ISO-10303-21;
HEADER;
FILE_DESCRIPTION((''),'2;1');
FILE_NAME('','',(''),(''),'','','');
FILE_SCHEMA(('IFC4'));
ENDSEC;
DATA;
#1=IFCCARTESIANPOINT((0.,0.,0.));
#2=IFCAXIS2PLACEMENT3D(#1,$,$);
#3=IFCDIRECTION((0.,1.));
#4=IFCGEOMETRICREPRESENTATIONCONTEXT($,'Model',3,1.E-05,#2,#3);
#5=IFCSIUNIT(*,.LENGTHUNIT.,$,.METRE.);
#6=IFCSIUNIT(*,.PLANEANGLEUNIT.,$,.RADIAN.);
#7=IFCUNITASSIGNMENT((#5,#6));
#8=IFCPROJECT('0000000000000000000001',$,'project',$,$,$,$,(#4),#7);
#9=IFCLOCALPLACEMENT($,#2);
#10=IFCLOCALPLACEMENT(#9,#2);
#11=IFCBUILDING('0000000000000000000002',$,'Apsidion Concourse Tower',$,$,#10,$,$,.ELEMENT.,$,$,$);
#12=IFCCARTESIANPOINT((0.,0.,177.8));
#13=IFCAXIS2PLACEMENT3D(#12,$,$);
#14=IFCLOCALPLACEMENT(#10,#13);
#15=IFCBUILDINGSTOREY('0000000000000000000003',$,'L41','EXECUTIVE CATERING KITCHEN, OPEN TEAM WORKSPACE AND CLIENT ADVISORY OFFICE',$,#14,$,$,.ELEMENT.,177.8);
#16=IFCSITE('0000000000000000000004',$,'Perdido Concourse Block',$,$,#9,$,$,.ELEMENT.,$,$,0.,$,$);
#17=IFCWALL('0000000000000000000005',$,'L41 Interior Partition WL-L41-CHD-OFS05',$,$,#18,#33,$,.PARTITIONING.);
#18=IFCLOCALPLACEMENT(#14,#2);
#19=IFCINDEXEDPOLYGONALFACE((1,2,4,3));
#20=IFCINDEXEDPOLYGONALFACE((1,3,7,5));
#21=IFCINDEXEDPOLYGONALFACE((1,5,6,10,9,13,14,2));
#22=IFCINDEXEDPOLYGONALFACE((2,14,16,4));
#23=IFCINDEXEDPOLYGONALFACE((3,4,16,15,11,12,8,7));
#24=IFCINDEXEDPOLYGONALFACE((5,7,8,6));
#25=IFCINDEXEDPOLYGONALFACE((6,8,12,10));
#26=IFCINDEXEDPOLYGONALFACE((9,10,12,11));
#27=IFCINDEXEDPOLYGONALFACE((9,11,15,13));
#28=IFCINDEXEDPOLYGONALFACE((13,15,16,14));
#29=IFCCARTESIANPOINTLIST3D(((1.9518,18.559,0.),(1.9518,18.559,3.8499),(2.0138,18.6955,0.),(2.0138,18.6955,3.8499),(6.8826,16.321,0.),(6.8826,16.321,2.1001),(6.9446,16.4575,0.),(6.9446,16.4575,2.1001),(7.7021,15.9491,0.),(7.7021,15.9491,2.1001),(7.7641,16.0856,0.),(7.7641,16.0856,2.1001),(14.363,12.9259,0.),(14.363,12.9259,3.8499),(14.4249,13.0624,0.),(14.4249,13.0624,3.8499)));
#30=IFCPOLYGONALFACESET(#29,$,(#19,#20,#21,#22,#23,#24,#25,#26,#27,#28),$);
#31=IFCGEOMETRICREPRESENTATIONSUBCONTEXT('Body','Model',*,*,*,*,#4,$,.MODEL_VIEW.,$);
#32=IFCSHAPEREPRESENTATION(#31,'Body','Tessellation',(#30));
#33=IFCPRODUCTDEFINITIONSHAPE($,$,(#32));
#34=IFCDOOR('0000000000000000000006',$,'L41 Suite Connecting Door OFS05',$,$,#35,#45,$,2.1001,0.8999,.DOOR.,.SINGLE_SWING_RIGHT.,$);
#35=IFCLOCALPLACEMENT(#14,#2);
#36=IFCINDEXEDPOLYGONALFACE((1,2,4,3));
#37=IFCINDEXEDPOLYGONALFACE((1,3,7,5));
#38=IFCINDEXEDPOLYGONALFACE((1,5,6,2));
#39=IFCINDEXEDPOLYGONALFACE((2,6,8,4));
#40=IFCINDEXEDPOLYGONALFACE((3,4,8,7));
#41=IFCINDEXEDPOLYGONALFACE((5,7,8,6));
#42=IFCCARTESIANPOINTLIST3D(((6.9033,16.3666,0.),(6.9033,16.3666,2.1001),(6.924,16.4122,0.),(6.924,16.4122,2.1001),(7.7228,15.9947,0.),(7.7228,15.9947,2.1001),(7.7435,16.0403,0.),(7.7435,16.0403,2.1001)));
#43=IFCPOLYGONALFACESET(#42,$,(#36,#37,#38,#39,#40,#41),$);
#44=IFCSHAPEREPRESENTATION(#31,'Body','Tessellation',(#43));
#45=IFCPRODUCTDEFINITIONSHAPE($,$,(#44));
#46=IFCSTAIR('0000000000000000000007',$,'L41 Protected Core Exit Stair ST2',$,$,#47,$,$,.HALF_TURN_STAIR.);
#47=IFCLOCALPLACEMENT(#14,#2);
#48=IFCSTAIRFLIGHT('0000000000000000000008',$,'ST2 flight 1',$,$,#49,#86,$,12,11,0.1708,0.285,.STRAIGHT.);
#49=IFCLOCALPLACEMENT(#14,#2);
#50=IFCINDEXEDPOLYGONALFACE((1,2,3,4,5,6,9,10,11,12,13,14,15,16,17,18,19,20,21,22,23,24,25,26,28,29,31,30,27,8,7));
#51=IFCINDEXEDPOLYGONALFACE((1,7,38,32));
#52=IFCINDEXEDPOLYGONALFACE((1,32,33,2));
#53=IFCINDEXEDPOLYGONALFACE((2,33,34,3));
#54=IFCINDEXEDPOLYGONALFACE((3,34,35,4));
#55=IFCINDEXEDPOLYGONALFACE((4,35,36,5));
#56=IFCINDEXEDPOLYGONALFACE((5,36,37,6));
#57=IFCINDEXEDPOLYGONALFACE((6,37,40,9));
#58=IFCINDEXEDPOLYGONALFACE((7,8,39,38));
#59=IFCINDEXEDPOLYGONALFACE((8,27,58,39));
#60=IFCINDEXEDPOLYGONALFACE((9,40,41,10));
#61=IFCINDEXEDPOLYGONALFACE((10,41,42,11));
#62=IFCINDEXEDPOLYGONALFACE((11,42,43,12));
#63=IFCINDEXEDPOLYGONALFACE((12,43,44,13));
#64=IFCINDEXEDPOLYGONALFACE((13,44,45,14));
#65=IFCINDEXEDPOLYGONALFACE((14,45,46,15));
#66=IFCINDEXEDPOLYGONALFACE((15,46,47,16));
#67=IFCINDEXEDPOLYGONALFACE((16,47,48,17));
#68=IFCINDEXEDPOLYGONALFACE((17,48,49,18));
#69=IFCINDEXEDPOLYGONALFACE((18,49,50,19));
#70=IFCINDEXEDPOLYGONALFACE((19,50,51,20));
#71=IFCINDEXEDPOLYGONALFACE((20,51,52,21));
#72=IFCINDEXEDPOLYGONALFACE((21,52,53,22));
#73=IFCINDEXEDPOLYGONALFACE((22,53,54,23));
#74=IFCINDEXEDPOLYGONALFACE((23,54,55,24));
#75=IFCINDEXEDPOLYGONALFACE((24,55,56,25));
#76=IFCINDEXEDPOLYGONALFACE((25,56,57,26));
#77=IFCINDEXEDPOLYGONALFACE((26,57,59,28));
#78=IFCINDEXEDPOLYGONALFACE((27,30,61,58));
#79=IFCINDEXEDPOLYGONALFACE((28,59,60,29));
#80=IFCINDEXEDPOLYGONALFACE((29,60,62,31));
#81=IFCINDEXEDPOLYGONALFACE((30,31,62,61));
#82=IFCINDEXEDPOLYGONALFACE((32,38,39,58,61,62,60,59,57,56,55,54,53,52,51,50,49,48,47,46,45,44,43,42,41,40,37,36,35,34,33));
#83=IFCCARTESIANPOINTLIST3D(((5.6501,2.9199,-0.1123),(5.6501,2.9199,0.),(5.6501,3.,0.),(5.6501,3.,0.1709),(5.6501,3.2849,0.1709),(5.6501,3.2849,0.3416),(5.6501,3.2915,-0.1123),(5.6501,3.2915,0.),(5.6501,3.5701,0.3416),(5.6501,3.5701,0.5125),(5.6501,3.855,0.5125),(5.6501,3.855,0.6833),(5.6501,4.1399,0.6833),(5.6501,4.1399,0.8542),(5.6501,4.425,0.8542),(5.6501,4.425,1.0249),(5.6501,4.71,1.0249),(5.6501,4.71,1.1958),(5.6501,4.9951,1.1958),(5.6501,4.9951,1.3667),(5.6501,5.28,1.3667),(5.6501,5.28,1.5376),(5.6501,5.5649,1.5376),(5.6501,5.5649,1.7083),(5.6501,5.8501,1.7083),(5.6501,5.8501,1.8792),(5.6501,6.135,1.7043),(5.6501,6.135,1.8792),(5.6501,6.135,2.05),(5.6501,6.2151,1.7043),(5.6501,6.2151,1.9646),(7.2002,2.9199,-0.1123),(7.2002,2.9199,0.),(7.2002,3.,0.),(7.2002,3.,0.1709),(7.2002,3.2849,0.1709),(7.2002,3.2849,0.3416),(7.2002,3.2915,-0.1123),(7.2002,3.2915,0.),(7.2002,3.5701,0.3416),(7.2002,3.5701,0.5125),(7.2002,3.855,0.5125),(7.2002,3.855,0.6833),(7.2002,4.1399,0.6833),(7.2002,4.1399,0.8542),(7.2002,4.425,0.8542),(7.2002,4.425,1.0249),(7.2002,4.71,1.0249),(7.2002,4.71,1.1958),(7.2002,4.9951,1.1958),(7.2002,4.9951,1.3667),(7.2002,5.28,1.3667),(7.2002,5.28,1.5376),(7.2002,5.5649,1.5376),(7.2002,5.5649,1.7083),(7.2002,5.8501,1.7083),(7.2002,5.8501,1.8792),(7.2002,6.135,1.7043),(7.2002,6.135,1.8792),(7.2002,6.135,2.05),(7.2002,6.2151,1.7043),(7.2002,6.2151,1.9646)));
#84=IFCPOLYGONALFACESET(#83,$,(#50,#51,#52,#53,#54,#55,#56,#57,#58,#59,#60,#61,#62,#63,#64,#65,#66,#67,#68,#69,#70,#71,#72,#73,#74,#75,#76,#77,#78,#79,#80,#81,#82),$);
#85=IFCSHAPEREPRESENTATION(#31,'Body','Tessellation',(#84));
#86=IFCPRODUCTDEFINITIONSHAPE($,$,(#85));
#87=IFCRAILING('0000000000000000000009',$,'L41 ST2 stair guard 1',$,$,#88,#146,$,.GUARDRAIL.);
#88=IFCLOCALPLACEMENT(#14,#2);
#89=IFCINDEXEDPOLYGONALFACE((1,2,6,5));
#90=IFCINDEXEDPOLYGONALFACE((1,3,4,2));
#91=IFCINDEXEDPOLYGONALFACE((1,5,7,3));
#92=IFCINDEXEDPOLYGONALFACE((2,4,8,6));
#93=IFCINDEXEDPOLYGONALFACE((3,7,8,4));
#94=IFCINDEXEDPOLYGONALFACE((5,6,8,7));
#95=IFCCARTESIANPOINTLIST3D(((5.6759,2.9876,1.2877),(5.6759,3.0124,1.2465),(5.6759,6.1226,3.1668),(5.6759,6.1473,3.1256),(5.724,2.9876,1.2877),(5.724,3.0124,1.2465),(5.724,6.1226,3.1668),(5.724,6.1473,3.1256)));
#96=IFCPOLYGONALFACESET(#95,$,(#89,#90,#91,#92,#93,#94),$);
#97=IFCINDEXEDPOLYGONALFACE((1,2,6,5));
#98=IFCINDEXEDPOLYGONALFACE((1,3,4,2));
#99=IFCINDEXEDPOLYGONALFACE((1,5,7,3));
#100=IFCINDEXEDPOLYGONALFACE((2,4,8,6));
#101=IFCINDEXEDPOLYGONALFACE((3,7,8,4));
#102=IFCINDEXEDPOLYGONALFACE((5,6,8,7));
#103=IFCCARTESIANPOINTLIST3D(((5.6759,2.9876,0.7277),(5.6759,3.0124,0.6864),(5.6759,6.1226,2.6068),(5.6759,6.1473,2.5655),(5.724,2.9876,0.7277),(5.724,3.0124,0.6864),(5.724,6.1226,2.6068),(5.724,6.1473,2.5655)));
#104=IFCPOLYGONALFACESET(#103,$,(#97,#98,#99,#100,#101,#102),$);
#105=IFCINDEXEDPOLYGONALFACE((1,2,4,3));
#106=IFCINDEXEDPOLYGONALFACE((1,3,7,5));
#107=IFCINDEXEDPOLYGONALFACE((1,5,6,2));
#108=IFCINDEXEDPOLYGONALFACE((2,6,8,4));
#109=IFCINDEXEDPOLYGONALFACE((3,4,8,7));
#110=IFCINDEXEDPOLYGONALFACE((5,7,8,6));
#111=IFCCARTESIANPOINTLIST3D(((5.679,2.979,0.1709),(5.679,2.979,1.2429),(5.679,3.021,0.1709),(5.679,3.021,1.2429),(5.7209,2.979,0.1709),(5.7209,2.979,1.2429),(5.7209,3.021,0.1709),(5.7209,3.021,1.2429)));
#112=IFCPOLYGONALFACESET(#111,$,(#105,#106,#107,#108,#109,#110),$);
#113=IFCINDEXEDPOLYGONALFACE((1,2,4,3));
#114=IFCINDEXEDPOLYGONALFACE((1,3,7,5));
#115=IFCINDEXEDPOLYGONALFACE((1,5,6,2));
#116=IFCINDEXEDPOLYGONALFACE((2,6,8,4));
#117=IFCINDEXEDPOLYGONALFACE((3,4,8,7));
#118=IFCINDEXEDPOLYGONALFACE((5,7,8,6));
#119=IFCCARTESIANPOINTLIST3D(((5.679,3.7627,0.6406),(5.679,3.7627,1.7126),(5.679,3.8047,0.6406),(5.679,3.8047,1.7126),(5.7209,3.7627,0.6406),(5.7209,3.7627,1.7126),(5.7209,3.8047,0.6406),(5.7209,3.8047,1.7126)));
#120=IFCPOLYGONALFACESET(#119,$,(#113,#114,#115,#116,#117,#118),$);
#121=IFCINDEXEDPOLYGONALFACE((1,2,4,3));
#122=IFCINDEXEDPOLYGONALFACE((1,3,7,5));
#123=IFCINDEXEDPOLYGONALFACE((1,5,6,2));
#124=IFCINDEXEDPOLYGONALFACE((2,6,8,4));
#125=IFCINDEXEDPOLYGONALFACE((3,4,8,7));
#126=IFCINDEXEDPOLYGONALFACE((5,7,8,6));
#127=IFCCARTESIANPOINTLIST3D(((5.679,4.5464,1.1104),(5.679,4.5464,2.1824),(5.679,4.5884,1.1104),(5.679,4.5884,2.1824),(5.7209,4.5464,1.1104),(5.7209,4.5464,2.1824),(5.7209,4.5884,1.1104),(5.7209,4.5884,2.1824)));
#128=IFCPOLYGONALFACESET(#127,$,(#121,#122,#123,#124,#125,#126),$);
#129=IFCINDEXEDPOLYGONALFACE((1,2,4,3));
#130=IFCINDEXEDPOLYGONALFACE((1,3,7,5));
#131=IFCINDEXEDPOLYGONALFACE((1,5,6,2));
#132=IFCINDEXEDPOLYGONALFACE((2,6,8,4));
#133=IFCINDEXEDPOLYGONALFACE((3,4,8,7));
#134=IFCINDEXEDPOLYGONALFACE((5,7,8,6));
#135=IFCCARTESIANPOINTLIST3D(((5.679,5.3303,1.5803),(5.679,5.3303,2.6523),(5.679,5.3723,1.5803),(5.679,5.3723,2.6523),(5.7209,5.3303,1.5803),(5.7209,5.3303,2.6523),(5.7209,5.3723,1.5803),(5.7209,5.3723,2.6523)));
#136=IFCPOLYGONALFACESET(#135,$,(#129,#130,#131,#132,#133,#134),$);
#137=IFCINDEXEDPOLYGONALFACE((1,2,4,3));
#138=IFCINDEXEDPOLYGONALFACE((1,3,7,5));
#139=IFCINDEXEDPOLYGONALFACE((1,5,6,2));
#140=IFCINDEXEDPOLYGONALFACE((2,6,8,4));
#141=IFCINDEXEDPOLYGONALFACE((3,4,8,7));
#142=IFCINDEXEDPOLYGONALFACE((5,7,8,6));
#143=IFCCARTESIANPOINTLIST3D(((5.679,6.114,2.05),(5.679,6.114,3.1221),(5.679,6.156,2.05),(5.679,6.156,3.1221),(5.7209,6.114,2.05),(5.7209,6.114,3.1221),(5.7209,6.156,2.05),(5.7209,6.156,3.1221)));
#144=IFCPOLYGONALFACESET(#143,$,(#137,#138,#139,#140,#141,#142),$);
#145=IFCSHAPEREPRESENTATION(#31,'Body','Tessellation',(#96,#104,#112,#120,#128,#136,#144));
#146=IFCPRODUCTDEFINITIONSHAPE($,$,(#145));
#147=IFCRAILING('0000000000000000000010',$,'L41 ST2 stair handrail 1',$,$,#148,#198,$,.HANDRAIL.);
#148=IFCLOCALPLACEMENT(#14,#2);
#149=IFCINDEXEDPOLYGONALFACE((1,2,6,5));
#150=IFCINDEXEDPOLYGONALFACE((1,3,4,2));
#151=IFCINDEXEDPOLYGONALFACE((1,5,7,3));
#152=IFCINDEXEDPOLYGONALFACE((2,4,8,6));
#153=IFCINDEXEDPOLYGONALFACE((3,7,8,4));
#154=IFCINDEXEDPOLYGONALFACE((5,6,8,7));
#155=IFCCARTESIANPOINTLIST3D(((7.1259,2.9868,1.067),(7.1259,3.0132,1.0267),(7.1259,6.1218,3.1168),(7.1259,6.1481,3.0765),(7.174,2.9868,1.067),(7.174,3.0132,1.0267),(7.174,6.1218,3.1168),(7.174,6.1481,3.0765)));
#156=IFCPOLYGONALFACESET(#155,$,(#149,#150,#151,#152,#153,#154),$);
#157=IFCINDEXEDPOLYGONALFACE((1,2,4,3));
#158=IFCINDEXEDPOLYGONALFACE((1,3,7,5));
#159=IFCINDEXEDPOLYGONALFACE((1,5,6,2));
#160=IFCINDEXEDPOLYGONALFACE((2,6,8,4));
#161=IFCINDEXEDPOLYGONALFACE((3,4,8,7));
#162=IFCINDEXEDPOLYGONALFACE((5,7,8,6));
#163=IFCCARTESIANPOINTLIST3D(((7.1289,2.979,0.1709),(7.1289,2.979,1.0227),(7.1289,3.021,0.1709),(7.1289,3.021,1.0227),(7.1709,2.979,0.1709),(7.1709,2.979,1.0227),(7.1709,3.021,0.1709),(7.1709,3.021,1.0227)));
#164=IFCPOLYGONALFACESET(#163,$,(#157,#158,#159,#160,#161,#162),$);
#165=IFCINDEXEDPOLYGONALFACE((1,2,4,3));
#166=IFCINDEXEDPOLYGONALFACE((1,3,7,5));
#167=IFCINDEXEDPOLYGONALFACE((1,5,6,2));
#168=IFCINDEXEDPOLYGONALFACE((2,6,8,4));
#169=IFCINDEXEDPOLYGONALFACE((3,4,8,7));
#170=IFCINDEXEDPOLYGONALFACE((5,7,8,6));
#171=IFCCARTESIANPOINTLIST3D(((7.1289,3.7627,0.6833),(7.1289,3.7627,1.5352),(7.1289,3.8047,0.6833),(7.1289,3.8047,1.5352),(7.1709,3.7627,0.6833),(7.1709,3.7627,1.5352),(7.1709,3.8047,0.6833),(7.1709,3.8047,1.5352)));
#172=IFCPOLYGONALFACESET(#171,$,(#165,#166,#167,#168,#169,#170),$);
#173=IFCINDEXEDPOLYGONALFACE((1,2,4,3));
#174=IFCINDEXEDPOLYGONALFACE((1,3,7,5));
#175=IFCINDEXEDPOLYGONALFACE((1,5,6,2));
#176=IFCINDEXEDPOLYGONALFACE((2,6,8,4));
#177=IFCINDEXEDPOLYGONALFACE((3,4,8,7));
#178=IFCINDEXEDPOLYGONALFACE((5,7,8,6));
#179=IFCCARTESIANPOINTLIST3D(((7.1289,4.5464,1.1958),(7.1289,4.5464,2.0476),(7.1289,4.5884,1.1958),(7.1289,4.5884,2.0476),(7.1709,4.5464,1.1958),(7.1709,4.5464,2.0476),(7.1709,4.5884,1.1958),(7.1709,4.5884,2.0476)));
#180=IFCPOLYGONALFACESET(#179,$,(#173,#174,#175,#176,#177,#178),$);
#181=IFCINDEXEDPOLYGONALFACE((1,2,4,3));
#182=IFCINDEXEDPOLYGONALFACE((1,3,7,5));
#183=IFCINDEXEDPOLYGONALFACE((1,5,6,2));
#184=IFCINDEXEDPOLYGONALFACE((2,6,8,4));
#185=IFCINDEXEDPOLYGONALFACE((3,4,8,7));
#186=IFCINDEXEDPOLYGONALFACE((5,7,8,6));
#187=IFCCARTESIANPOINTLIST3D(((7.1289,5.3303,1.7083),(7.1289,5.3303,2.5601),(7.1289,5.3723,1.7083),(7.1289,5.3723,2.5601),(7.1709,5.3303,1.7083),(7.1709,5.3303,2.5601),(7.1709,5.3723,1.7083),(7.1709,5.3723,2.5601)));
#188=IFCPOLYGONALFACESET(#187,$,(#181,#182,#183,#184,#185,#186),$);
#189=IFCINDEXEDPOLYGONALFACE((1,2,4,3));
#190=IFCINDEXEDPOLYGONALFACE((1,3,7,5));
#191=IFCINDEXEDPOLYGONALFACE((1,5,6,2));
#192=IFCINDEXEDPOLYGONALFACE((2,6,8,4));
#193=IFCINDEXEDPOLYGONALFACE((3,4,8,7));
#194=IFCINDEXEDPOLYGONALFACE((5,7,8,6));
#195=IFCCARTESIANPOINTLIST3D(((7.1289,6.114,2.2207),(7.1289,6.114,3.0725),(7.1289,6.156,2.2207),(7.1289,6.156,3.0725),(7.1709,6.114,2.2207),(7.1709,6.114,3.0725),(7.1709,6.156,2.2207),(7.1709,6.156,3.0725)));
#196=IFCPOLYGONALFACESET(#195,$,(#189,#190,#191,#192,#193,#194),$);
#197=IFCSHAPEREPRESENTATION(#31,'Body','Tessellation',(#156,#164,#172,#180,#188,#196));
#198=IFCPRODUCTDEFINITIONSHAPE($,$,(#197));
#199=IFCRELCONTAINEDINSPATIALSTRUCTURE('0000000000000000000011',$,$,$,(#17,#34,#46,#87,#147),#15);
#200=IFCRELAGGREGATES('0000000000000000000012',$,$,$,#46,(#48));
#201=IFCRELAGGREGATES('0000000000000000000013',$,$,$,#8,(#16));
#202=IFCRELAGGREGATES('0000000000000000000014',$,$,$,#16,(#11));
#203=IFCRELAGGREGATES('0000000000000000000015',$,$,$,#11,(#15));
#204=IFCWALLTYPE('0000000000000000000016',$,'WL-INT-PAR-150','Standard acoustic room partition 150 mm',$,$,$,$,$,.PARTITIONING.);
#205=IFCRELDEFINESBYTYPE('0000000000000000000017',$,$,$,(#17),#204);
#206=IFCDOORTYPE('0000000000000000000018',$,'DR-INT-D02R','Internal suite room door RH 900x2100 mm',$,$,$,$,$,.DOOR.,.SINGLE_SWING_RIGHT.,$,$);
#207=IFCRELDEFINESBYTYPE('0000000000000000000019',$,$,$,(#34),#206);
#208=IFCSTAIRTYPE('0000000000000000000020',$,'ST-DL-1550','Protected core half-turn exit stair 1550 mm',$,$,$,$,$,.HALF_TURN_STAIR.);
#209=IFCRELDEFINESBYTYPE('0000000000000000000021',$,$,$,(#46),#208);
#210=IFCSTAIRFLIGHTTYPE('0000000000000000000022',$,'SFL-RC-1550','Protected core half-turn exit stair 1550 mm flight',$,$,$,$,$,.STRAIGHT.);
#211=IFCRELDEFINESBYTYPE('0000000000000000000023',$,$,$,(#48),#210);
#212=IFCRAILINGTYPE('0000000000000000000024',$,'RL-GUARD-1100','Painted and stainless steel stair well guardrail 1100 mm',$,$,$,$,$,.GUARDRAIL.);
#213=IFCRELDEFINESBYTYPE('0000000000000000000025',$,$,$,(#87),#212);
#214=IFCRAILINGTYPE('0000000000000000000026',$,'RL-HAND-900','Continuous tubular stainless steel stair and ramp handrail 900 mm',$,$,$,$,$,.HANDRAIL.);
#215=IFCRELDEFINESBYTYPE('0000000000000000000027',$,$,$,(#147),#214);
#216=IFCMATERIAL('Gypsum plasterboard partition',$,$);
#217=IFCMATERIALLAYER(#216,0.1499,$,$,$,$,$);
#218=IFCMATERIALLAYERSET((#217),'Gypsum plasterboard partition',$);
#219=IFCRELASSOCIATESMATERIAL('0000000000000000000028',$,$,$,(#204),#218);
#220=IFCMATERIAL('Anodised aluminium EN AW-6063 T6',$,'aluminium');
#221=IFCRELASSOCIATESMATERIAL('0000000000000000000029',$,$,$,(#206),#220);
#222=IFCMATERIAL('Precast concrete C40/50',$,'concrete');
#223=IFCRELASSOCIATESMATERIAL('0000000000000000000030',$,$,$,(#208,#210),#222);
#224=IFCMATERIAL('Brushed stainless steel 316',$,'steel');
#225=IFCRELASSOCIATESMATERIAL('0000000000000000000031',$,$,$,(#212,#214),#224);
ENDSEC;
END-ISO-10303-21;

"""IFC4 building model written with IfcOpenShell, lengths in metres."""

from ifc_helpers import new_model, si_unit, direction, frame, frame_2d, origin, origin_2d, place, context, subcontext, project, spatial, polyline, rectangle, outline, extrude, material, layer, layer_set, type_object, element, fill, aggregate, save


model = new_model("IFC4")

# Units and contexts
model_context = context("Model", 3, precision=1e-05, world=origin(), true_north=direction((0.0, 1.0)))
body_context = subcontext(model_context, "Body", "Model", "MODEL_VIEW")
ifc_project = project(units=[si_unit("LENGTHUNIT", "METRE"), si_unit("PLANEANGLEUNIT", "RADIAN")], contexts=[model_context])

# Site, building, storey
site_placement = place(None, origin())
site = spatial("IfcSite", under=ifc_project, at=site_placement, Name="Perdido Concourse Block", CompositionType="ELEMENT", RefElevation=0.0)
building_placement = place(site_placement, origin())
building = spatial("IfcBuilding", under=site, at=building_placement, Name="Apsidion Concourse Tower", CompositionType="ELEMENT")
storey_placement = place(building_placement, frame((0.0, 0.0, 177.8)))
storey = spatial("IfcBuildingStorey", under=building, at=storey_placement, Name="L41", Description="EXECUTIVE CATERING KITCHEN, OPEN TEAM WORKSPACE AND CLIENT ADVISORY OFFICE", CompositionType="ELEMENT", Elevation=177.8)

# Shared definitions
ifc_material_1 = material(Name="Precast concrete C40/50", Category="concrete")
ifc_material_2 = material(Name="Gypsum plasterboard partition")
ifc_layer_1 = layer(ifc_material_2, 0.1499)
ifc_layer_set_1 = layer_set([ifc_layer_1], Name="Gypsum plasterboard partition")
wall_type_1 = type_object("IfcWallType", Name="WL-INT-PAR-150", Description="Standard acoustic room partition 150 mm", PredefinedType="PARTITIONING", material=ifc_layer_set_1)

# Wall, opening, door
wall_1_placement = place(storey_placement, frame((14.394, 12.9941, 0.0), z_axis=(0.0, 0.0, 1.0), x_axis=(-0.910598, 0.413294, 0.0)))
wall_1 = element("IfcWall", 1, at=wall_1_placement, inside=storey, type_object=wall_type_1, Name="L41 Interior Partition WL-L41-CHD-OFS05", PredefinedType="PARTITIONING", context=body_context, shape_type="SweptSolid", body=[
    extrude(rectangle(XDim=13.6296, YDim=0.1499, at=frame_2d((6.8149, 0.0))), origin(), (0.0, 0.0, 1.0), 3.8499),
])
opening_placement = place(wall_1_placement, frame((7.3149, 0.0, 0.0)))
opening = element("IfcOpeningElement", 2, at=opening_placement, cuts=wall_1, PredefinedType="OPENING", context=body_context, shape_type="SweptSolid", body=[
    extrude(rectangle(XDim=0.8999, YDim=2.1001, at=frame_2d((0.45, 1.05))), frame((0.0, 0.085, 0.0), z_axis=(0.0, -1.0, 0.0), x_axis=(1.0, 0.0, 0.0)), (0.0, 0.0, 1.0), 0.1699),
])
ifc_material_3 = material(Name="Anodised aluminium EN AW-6063 T6", Category="aluminium")
door_type = type_object("IfcDoorType", Name="DR-INT-D02R", Description="Internal suite room door RH 900x2100 mm", OperationType="SINGLE_SWING_RIGHT", PredefinedType="DOOR", material=ifc_material_3)
door_placement = place(opening_placement, origin())
door = element("IfcDoor", 3, at=door_placement, inside=storey, type_object=door_type, Name="L41 Suite Connecting Door OFS05", OperationType="SINGLE_SWING_RIGHT", OverallHeight=2.1001, OverallWidth=0.8999, PredefinedType="DOOR", context=body_context, shape_type="SweptSolid", body=[
    extrude(rectangle(XDim=0.8999, YDim=2.1001, at=frame_2d((0.45, 1.05))), frame((0.0, 0.0249, 0.0), z_axis=(0.0, -1.0, 0.0), x_axis=(1.0, 0.0, 0.0)), (0.0, 0.0, 1.0), 0.05),
])
fill(opening, door)

# Stair, stair flight
stair_type = type_object("IfcStairType", Name="ST-DL-1550", Description="Protected core half-turn exit stair 1550 mm", PredefinedType="HALF_TURN_STAIR", material=ifc_material_1)
stair_placement = place(storey_placement, origin())
stair = element("IfcStair", 4, at=stair_placement, inside=storey, type_object=stair_type, Name="L41 Protected Core Exit Stair ST2", PredefinedType="HALF_TURN_STAIR")
stair_flight_type = type_object("IfcStairFlightType", Name="SFL-RC-1550", Description="Protected core half-turn exit stair 1550 mm flight", PredefinedType="STRAIGHT", material=ifc_material_1)
stair_flight_placement = place(storey_placement, frame((6.425, 3.0, 0.0), z_axis=(0.0, 0.0, 1.0), x_axis=(0.0, 1.0, 0.0)))
stair_flight = element("IfcStairFlight", 5, at=stair_flight_placement, type_object=stair_flight_type, Name="ST2 flight 1", NumberOfRisers=12, NumberOfTreads=11, PredefinedType="STRAIGHT", RiserHeight=0.1708, TreadLength=0.285, context=body_context, shape_type="SweptSolid", body=[
    extrude(outline(polyline([(-0.0801, -0.1123), (-0.0801, 0.0), (0.0, 0.0), (0.0, 0.1709), (0.2849, 0.1709), (0.2849, 0.3416), (0.5701, 0.3416), (0.5701, 0.5125), (0.855, 0.5125), (0.855, 0.6833), (1.1399, 0.6833), (1.1399, 0.8542), (1.425, 0.8542), (1.425, 1.0249), (1.71, 1.0249), (1.71, 1.1958), (1.9951, 1.1958), (1.9951, 1.3667), (2.28, 1.3667), (2.28, 1.5376), (2.5649, 1.5376), (2.5649, 1.7083), (2.8501, 1.7083), (2.8501, 1.8792), (3.135, 1.8792), (3.135, 2.05), (3.2151, 1.9646), (3.2151, 1.7043), (3.135, 1.7043), (0.2915, 0.0), (0.2915, -0.1123), (-0.0801, -0.1123)])), frame((0.0, 0.7749, 0.0), z_axis=(0.0, -1.0, 0.0), x_axis=(1.0, 0.0, 0.0)), (0.0, 0.0, 1.0), 1.55),
])
aggregate(stair, [stair_flight])

# Railings
ifc_material_4 = material(Name="Brushed stainless steel 316", Category="steel")
railing_type_1 = type_object("IfcRailingType", Name="RL-GUARD-1100", Description="Painted and stainless steel stair well guardrail 1100 mm", PredefinedType="GUARDRAIL", material=ifc_material_4)
railing_1_placement = place(storey_placement, frame((5.7, 3.0, 0.1709)))
element("IfcRailing", 6, at=railing_1_placement, inside=storey, type_object=railing_type_1, Name="L41 ST2 stair guard 1", PredefinedType="GUARDRAIL", context=body_context, shape_type="SweptSolid", body=[
    extrude(rectangle(XDim=0.0481, YDim=0.0481, at=origin_2d()), frame((0.0, 0.0, 1.0962), z_axis=(0.0, 0.857717, 0.514122), x_axis=(-1.0, 0.0, 0.0)), (0.0, 0.0, 1.0), 3.655),
    extrude(rectangle(XDim=0.0481, YDim=0.0481, at=origin_2d()), frame((0.0, 0.0, 0.5361), z_axis=(0.0, 0.857717, 0.514122), x_axis=(-1.0, 0.0, 0.0)), (0.0, 0.0, 1.0), 3.655),
    extrude(rectangle(XDim=0.042, YDim=0.042, at=origin_2d()), origin(), (0.0, 0.0, 1.0), 1.072),
    extrude(rectangle(XDim=0.042, YDim=0.042, at=origin_2d()), frame((0.0, 0.7837, 0.4697)), (0.0, 0.0, 1.0), 1.072),
    extrude(rectangle(XDim=0.042, YDim=0.042, at=origin_2d()), frame((0.0, 1.5674, 0.9395)), (0.0, 0.0, 1.0), 1.072),
    extrude(rectangle(XDim=0.042, YDim=0.042, at=origin_2d()), frame((0.0, 2.3513, 1.4094)), (0.0, 0.0, 1.0), 1.072),
    extrude(rectangle(XDim=0.042, YDim=0.042, at=origin_2d()), frame((0.0, 3.135, 1.8792)), (0.0, 0.0, 1.0), 1.072),
])
railing_type_2 = type_object("IfcRailingType", Name="RL-HAND-900", Description="Continuous tubular stainless steel stair and ramp handrail 900 mm", PredefinedType="HANDRAIL", material=ifc_material_4)
railing_2_placement = place(storey_placement, frame((7.1499, 3.0, 0.1709)))
element("IfcRailing", 7, at=railing_2_placement, inside=storey, type_object=railing_type_2, Name="L41 ST2 stair handrail 1", PredefinedType="HANDRAIL", context=body_context, shape_type="SweptSolid", body=[
    extrude(rectangle(XDim=0.0481, YDim=0.0481, at=origin_2d()), frame((0.0, 0.0, 0.876), z_axis=(0.0, 0.836971, 0.547248), x_axis=(-1.0, 0.0, 0.0)), (0.0, 0.0, 1.0), 3.7456),
    extrude(rectangle(XDim=0.042, YDim=0.042, at=origin_2d()), origin(), (0.0, 0.0, 1.0), 0.8518),
    extrude(rectangle(XDim=0.042, YDim=0.042, at=origin_2d()), frame((0.0, 0.7837, 0.5125)), (0.0, 0.0, 1.0), 0.8518),
    extrude(rectangle(XDim=0.042, YDim=0.042, at=origin_2d()), frame((0.0, 1.5674, 1.0249)), (0.0, 0.0, 1.0), 0.8518),
    extrude(rectangle(XDim=0.042, YDim=0.042, at=origin_2d()), frame((0.0, 2.3513, 1.5374)), (0.0, 0.0, 1.0), 0.8518),
    extrude(rectangle(XDim=0.042, YDim=0.042, at=origin_2d()), frame((0.0, 3.135, 2.0498)), (0.0, 0.0, 1.0), 0.8518),
])

save(model, "model.ifc")
